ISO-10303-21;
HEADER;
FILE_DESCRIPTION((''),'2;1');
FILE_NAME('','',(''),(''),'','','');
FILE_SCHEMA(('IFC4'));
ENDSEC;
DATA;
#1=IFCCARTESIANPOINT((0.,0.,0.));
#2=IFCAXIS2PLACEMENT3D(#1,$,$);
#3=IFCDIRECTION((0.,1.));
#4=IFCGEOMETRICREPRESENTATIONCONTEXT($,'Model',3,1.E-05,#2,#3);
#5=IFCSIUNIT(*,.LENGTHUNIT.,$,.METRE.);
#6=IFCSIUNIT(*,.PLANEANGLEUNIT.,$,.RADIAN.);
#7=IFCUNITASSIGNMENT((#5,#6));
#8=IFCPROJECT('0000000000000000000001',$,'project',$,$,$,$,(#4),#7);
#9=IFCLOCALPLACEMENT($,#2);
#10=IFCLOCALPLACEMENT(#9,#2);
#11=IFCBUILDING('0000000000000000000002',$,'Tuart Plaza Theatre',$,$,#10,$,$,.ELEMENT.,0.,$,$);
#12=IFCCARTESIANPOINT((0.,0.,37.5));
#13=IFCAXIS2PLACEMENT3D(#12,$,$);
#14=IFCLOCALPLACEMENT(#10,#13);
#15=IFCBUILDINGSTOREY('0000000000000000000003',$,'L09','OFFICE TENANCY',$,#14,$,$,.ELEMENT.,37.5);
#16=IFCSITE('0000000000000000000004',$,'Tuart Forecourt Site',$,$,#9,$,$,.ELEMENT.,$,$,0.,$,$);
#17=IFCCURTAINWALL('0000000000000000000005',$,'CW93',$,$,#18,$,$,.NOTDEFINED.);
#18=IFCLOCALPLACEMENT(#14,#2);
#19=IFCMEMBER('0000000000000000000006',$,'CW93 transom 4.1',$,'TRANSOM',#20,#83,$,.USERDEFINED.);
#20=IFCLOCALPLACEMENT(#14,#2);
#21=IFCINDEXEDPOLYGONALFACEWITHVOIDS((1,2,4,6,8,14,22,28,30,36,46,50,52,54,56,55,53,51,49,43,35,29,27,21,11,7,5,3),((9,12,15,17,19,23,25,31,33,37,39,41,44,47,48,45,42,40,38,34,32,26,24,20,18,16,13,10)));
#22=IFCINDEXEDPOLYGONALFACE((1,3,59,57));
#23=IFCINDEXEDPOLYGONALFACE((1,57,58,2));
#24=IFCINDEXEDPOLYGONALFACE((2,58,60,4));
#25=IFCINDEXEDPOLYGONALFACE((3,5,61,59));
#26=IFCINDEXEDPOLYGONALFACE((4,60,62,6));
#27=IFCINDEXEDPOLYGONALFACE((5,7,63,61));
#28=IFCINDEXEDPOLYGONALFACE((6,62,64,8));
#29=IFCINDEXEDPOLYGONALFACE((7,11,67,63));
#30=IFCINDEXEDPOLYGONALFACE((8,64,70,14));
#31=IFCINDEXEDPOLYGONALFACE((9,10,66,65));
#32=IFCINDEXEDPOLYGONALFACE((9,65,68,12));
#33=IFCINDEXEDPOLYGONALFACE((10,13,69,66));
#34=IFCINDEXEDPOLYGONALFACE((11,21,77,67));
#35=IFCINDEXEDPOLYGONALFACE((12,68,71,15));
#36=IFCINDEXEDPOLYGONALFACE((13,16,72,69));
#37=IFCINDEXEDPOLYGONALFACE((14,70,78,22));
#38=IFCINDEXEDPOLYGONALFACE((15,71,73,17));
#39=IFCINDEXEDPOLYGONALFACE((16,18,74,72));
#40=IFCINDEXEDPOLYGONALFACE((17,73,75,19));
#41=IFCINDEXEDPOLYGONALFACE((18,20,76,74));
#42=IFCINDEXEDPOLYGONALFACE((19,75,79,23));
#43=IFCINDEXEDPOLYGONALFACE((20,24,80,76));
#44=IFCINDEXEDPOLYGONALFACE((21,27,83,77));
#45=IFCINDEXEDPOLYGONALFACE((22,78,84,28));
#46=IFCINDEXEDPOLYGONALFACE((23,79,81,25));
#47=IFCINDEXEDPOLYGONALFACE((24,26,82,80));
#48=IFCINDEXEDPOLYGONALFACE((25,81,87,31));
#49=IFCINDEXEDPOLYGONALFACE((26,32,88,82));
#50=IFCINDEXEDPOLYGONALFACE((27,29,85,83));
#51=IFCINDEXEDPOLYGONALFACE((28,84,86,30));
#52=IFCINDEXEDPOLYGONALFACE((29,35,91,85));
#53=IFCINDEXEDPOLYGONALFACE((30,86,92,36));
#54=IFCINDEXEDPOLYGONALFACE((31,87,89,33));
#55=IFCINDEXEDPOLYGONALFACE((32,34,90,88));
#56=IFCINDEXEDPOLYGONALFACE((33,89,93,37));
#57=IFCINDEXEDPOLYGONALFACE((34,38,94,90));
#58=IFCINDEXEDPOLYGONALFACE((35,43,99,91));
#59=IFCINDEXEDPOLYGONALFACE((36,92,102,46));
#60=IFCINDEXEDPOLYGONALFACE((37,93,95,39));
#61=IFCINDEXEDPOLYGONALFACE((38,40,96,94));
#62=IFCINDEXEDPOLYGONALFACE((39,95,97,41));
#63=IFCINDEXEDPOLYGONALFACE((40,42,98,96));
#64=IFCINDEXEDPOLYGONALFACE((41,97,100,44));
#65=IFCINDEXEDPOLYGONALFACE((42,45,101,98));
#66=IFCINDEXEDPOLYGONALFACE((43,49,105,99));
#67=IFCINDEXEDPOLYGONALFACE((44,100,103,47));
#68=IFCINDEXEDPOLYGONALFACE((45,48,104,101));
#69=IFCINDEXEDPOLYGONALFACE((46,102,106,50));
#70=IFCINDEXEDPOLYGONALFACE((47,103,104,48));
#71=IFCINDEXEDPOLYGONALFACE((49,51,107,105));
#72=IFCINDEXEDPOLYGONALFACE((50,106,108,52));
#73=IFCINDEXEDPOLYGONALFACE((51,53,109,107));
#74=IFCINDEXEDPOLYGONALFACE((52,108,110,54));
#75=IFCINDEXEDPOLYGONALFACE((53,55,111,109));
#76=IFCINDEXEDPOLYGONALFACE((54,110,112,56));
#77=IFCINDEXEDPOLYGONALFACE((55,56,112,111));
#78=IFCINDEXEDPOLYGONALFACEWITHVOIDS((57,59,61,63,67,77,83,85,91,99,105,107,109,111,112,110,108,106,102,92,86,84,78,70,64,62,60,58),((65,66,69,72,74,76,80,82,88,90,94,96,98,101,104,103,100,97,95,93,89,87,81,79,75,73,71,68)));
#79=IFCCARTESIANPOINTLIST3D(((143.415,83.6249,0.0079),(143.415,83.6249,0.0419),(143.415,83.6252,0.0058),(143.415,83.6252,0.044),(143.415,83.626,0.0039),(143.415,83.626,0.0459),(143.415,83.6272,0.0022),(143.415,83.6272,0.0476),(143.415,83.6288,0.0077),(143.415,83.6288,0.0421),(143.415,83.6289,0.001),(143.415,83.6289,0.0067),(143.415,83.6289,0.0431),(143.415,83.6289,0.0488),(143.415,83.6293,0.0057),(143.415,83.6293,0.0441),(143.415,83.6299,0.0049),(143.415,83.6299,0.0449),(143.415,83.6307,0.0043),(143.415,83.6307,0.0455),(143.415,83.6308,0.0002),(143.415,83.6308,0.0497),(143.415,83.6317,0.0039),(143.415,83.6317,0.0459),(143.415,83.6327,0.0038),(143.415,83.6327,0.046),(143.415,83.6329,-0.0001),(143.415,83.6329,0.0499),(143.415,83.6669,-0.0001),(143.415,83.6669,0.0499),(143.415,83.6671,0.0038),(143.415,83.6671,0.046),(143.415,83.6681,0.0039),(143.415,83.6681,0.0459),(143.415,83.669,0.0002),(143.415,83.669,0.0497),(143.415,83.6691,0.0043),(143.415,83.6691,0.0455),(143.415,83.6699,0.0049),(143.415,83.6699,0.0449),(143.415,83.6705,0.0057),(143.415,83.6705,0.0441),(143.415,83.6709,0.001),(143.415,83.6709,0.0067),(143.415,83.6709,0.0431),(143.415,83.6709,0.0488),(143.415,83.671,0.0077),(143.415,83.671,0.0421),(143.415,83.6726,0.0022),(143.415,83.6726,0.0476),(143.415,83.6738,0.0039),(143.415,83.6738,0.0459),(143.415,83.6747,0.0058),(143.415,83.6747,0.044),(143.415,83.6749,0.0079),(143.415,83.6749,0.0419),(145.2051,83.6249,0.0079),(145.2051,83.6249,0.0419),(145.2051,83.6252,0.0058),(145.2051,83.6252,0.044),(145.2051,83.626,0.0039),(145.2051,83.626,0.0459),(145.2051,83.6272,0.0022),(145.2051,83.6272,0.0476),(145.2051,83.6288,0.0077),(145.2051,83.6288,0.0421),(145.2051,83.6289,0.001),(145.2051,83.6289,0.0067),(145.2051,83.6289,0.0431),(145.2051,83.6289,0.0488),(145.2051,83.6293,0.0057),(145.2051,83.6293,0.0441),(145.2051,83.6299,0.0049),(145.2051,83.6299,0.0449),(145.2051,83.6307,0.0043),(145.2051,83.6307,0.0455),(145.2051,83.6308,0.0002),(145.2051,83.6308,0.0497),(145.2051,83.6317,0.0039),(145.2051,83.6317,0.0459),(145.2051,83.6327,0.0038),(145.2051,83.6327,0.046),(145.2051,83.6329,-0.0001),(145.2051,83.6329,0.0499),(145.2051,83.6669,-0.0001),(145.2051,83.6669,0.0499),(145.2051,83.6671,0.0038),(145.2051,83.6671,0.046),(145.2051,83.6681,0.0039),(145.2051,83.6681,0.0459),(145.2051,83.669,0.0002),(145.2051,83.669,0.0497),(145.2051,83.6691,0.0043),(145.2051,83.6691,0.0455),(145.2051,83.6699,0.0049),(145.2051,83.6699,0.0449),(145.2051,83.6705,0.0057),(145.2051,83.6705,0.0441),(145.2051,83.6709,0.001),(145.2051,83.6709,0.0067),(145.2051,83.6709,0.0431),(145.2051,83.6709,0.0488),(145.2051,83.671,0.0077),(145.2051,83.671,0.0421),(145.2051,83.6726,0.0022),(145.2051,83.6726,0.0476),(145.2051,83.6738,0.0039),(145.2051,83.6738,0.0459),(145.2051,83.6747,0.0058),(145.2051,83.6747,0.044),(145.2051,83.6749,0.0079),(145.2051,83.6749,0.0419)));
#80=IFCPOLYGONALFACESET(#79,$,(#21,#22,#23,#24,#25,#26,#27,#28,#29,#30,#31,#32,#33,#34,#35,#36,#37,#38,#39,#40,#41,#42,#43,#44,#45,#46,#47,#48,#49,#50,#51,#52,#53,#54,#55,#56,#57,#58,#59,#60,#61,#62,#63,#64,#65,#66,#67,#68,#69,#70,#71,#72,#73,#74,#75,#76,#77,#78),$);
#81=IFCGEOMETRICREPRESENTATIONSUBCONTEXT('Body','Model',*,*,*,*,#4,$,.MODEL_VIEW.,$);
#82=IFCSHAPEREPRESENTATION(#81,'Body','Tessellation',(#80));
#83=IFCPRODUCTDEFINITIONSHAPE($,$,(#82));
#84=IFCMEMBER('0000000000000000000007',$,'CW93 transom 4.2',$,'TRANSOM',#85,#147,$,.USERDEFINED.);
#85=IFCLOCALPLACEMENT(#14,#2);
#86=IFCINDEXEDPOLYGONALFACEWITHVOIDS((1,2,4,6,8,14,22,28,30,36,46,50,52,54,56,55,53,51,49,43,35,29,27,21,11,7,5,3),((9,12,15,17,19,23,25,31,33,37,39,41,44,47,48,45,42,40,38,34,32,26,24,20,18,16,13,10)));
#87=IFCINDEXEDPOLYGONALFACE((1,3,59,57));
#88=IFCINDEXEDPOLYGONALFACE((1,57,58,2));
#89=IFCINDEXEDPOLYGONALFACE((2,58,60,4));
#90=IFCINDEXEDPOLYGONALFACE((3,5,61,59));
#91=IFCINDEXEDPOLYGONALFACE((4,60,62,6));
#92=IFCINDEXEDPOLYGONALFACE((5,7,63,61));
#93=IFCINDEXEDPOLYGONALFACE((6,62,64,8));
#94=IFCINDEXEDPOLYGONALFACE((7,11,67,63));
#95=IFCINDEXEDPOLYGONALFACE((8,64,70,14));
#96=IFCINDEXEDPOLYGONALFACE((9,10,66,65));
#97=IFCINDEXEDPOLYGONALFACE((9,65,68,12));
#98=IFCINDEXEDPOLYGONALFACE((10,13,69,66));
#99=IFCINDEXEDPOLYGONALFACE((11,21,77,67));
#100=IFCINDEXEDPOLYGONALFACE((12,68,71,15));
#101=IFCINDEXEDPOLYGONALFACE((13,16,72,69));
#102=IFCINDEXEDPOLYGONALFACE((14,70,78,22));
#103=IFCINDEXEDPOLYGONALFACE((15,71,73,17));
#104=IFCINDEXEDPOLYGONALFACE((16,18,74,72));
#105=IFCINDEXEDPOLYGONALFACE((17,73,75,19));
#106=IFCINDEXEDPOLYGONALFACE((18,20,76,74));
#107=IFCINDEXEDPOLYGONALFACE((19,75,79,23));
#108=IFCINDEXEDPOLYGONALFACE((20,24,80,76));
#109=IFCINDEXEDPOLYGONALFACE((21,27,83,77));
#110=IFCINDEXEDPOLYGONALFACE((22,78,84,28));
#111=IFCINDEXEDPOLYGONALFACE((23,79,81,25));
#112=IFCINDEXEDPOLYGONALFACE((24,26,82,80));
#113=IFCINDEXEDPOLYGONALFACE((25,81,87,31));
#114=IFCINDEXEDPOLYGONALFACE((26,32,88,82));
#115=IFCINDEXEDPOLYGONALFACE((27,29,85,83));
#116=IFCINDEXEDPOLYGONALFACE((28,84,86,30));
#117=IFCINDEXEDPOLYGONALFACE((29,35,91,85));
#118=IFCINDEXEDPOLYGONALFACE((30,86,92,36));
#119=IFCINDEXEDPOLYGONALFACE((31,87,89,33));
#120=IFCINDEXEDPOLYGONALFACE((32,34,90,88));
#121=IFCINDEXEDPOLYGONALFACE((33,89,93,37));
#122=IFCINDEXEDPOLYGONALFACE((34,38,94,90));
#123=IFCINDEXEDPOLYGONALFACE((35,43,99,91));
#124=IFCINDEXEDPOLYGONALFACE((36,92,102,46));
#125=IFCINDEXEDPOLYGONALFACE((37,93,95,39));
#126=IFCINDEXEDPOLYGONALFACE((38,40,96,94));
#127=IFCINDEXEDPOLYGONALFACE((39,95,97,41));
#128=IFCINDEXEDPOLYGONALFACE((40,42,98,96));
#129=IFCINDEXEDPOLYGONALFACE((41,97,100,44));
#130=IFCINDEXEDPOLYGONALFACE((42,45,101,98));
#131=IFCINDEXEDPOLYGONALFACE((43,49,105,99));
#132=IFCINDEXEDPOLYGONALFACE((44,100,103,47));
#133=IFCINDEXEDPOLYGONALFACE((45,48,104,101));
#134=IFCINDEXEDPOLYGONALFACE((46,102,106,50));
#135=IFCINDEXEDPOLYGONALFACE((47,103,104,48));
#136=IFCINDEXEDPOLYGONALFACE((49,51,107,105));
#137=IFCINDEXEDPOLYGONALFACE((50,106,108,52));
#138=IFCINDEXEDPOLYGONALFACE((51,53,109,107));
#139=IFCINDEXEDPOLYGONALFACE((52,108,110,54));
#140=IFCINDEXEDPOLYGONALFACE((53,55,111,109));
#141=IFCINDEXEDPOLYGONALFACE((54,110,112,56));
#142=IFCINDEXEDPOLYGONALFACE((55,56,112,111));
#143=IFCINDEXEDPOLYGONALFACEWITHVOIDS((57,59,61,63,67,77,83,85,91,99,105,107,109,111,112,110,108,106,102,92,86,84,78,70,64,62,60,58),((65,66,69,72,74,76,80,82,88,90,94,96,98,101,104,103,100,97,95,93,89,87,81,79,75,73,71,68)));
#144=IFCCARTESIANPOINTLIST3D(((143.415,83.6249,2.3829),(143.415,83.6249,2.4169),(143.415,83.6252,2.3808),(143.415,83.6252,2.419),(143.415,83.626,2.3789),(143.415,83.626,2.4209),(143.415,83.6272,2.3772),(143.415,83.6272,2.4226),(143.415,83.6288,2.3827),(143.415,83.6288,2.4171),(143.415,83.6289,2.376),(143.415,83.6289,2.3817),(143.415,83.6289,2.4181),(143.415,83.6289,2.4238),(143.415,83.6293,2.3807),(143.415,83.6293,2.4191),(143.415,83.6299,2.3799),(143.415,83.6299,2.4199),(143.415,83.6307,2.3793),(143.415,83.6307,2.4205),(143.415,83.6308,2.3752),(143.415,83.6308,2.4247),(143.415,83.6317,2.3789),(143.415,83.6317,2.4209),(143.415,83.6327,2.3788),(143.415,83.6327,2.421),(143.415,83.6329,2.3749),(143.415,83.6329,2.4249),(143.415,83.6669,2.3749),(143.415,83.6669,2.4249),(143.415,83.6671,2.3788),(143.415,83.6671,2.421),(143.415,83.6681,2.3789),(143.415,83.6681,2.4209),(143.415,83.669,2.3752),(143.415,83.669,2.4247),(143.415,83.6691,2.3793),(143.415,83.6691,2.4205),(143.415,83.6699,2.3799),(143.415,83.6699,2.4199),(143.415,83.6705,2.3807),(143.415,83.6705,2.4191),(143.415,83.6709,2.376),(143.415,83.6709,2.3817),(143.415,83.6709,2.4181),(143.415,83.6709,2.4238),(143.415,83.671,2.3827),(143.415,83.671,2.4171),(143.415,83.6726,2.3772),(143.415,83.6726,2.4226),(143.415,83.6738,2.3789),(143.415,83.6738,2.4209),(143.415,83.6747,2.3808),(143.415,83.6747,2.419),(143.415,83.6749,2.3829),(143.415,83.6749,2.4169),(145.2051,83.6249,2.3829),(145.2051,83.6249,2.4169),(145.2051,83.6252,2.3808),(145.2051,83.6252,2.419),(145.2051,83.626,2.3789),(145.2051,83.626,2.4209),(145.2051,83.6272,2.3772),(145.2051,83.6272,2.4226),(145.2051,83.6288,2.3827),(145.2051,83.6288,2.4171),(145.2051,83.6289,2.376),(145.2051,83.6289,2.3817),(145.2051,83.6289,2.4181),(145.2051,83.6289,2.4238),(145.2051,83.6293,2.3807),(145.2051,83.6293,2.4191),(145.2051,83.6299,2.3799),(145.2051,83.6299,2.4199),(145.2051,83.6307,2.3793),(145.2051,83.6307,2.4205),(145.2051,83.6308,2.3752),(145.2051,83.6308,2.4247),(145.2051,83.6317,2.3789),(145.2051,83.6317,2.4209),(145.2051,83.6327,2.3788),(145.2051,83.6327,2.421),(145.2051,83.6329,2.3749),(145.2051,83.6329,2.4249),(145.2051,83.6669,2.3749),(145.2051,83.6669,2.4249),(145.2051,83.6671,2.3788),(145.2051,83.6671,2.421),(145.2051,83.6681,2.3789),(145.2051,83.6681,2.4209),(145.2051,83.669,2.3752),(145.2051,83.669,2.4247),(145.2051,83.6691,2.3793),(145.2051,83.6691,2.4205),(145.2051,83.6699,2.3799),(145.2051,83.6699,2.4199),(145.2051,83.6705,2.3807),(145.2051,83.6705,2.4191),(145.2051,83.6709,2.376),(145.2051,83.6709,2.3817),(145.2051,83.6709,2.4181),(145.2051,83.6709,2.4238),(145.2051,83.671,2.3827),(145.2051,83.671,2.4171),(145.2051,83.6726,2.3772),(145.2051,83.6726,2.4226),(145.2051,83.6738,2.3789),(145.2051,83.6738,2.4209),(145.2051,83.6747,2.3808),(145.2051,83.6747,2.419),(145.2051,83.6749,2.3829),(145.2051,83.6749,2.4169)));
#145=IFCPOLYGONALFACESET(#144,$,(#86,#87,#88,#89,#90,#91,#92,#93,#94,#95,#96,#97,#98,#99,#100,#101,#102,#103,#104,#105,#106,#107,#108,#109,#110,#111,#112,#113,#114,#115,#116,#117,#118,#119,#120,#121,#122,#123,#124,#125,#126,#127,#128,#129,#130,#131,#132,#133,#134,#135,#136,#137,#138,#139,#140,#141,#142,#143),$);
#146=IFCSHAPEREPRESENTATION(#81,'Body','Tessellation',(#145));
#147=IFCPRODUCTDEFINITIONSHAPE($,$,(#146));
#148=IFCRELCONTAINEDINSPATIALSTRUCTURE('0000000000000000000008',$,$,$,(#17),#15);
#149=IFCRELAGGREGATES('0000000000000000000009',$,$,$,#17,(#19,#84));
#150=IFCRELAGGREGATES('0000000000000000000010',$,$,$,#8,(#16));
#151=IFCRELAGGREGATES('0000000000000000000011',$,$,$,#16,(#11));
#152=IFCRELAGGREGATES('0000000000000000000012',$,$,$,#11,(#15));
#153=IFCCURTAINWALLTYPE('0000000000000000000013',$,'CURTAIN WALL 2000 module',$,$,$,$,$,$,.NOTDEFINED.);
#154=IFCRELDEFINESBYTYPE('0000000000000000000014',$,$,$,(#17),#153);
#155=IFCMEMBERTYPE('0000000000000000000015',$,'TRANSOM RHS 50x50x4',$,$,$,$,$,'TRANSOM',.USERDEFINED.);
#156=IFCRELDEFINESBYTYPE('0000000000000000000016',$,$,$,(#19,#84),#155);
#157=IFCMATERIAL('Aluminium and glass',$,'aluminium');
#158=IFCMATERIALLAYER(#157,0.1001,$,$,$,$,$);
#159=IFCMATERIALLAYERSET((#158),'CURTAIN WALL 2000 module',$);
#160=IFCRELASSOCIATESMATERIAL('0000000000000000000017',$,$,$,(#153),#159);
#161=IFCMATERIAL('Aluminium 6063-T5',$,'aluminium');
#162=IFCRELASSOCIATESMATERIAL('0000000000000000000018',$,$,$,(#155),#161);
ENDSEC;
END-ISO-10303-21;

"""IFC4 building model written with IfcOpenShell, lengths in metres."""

from ifc_helpers import new_model, si_unit, direction, frame, origin, origin_2d, place, context, subcontext, project, spatial, hollow_rectangle, extrude, material, layer, layer_set, material_profile, profile_set, type_object, element, aggregate, save


model = new_model("IFC4")

# Units and contexts
model_context = context("Model", 3, precision=1e-05, world=origin(), true_north=direction((0.0, 1.0)))
body_context = subcontext(model_context, "Body", "Model", "MODEL_VIEW")
ifc_project = project(units=[si_unit("LENGTHUNIT", "METRE"), si_unit("PLANEANGLEUNIT", "RADIAN")], contexts=[model_context])

# Site, building, storey
site_placement = place(None, origin())
site = spatial("IfcSite", under=ifc_project, at=site_placement, Name="Tuart Forecourt Site", CompositionType="ELEMENT", RefElevation=0.0)
building_placement = place(site_placement, origin())
building = spatial("IfcBuilding", under=site, at=building_placement, Name="Tuart Plaza Theatre", CompositionType="ELEMENT", ElevationOfRefHeight=0.0)
storey_placement = place(building_placement, frame((0.0, 0.0, 37.5)))
storey = spatial("IfcBuildingStorey", under=building, at=storey_placement, Name="L09", Description="OFFICE TENANCY", CompositionType="ELEMENT", Elevation=37.5)

# Shared definitions
ifc_material_1 = material(Name="Aluminium and glass", Category="aluminium")
ifc_layer_1 = layer(ifc_material_1, 0.1001)
ifc_layer_set_1 = layer_set([ifc_layer_1], Name="CURTAIN WALL 2000 module")
curtain_wall_type = type_object("IfcCurtainWallType", Name="CURTAIN WALL 2000 module", PredefinedType="NOTDEFINED", material=ifc_layer_set_1)

# Curtain wall
curtain_wall_1_placement = place(storey_placement, origin())
curtain_wall_1 = element("IfcCurtainWall", 1, at=curtain_wall_1_placement, inside=storey, type_object=curtain_wall_type, Name="CW93", PredefinedType="NOTDEFINED")

# Members
ifc_material_2 = material(Name="Aluminium 6063-T5", Category="aluminium")
ifc_material_profile_1 = material_profile(ifc_material_2, hollow_rectangle(XDim=0.05, YDim=0.05, WallThickness=0.0039, InnerFilletRadius=0.0039, OuterFilletRadius=0.0081, at=origin_2d()), Name="RHS 50x50x4")
ifc_profile_set_1 = profile_set([ifc_material_profile_1], Name="Aluminium 6063-T5")
member_type_1 = type_object("IfcMemberType", Name="TRANSOM RHS 50x50x4", ElementType="TRANSOM", PredefinedType="USERDEFINED", material=ifc_profile_set_1)
member_1_placement = place(storey_placement, frame((145.2051, 83.6499, 0.0249), z_axis=(-1.0, 0.0, 0.0), x_axis=(0.0, -1.0, 0.0)))
member_1 = element("IfcMember", 2, at=member_1_placement, type_object=member_type_1, Name="CW93 transom 4.1", ObjectType="TRANSOM", PredefinedType="USERDEFINED", context=body_context, shape_type="SweptSolid", body=[
    extrude(hollow_rectangle(XDim=0.05, YDim=0.05, WallThickness=0.0039, InnerFilletRadius=0.0039, OuterFilletRadius=0.0081, at=origin_2d()), origin(), (0.0, 0.0, 1.0), 1.79),
])
member_2_placement = place(storey_placement, frame((145.2051, 83.6499, 2.3999), z_axis=(-1.0, 0.0, 0.0), x_axis=(0.0, -1.0, 0.0)))
member_2 = element("IfcMember", 3, at=member_2_placement, type_object=member_type_1, Name="CW93 transom 4.2", ObjectType="TRANSOM", PredefinedType="USERDEFINED", context=body_context, shape_type="SweptSolid", body=[
    extrude(hollow_rectangle(XDim=0.05, YDim=0.05, WallThickness=0.0039, InnerFilletRadius=0.0039, OuterFilletRadius=0.0081, at=origin_2d()), origin(), (0.0, 0.0, 1.0), 1.79),
])

aggregate(curtain_wall_1, [member_1, member_2])

save(model, "model.ifc")
